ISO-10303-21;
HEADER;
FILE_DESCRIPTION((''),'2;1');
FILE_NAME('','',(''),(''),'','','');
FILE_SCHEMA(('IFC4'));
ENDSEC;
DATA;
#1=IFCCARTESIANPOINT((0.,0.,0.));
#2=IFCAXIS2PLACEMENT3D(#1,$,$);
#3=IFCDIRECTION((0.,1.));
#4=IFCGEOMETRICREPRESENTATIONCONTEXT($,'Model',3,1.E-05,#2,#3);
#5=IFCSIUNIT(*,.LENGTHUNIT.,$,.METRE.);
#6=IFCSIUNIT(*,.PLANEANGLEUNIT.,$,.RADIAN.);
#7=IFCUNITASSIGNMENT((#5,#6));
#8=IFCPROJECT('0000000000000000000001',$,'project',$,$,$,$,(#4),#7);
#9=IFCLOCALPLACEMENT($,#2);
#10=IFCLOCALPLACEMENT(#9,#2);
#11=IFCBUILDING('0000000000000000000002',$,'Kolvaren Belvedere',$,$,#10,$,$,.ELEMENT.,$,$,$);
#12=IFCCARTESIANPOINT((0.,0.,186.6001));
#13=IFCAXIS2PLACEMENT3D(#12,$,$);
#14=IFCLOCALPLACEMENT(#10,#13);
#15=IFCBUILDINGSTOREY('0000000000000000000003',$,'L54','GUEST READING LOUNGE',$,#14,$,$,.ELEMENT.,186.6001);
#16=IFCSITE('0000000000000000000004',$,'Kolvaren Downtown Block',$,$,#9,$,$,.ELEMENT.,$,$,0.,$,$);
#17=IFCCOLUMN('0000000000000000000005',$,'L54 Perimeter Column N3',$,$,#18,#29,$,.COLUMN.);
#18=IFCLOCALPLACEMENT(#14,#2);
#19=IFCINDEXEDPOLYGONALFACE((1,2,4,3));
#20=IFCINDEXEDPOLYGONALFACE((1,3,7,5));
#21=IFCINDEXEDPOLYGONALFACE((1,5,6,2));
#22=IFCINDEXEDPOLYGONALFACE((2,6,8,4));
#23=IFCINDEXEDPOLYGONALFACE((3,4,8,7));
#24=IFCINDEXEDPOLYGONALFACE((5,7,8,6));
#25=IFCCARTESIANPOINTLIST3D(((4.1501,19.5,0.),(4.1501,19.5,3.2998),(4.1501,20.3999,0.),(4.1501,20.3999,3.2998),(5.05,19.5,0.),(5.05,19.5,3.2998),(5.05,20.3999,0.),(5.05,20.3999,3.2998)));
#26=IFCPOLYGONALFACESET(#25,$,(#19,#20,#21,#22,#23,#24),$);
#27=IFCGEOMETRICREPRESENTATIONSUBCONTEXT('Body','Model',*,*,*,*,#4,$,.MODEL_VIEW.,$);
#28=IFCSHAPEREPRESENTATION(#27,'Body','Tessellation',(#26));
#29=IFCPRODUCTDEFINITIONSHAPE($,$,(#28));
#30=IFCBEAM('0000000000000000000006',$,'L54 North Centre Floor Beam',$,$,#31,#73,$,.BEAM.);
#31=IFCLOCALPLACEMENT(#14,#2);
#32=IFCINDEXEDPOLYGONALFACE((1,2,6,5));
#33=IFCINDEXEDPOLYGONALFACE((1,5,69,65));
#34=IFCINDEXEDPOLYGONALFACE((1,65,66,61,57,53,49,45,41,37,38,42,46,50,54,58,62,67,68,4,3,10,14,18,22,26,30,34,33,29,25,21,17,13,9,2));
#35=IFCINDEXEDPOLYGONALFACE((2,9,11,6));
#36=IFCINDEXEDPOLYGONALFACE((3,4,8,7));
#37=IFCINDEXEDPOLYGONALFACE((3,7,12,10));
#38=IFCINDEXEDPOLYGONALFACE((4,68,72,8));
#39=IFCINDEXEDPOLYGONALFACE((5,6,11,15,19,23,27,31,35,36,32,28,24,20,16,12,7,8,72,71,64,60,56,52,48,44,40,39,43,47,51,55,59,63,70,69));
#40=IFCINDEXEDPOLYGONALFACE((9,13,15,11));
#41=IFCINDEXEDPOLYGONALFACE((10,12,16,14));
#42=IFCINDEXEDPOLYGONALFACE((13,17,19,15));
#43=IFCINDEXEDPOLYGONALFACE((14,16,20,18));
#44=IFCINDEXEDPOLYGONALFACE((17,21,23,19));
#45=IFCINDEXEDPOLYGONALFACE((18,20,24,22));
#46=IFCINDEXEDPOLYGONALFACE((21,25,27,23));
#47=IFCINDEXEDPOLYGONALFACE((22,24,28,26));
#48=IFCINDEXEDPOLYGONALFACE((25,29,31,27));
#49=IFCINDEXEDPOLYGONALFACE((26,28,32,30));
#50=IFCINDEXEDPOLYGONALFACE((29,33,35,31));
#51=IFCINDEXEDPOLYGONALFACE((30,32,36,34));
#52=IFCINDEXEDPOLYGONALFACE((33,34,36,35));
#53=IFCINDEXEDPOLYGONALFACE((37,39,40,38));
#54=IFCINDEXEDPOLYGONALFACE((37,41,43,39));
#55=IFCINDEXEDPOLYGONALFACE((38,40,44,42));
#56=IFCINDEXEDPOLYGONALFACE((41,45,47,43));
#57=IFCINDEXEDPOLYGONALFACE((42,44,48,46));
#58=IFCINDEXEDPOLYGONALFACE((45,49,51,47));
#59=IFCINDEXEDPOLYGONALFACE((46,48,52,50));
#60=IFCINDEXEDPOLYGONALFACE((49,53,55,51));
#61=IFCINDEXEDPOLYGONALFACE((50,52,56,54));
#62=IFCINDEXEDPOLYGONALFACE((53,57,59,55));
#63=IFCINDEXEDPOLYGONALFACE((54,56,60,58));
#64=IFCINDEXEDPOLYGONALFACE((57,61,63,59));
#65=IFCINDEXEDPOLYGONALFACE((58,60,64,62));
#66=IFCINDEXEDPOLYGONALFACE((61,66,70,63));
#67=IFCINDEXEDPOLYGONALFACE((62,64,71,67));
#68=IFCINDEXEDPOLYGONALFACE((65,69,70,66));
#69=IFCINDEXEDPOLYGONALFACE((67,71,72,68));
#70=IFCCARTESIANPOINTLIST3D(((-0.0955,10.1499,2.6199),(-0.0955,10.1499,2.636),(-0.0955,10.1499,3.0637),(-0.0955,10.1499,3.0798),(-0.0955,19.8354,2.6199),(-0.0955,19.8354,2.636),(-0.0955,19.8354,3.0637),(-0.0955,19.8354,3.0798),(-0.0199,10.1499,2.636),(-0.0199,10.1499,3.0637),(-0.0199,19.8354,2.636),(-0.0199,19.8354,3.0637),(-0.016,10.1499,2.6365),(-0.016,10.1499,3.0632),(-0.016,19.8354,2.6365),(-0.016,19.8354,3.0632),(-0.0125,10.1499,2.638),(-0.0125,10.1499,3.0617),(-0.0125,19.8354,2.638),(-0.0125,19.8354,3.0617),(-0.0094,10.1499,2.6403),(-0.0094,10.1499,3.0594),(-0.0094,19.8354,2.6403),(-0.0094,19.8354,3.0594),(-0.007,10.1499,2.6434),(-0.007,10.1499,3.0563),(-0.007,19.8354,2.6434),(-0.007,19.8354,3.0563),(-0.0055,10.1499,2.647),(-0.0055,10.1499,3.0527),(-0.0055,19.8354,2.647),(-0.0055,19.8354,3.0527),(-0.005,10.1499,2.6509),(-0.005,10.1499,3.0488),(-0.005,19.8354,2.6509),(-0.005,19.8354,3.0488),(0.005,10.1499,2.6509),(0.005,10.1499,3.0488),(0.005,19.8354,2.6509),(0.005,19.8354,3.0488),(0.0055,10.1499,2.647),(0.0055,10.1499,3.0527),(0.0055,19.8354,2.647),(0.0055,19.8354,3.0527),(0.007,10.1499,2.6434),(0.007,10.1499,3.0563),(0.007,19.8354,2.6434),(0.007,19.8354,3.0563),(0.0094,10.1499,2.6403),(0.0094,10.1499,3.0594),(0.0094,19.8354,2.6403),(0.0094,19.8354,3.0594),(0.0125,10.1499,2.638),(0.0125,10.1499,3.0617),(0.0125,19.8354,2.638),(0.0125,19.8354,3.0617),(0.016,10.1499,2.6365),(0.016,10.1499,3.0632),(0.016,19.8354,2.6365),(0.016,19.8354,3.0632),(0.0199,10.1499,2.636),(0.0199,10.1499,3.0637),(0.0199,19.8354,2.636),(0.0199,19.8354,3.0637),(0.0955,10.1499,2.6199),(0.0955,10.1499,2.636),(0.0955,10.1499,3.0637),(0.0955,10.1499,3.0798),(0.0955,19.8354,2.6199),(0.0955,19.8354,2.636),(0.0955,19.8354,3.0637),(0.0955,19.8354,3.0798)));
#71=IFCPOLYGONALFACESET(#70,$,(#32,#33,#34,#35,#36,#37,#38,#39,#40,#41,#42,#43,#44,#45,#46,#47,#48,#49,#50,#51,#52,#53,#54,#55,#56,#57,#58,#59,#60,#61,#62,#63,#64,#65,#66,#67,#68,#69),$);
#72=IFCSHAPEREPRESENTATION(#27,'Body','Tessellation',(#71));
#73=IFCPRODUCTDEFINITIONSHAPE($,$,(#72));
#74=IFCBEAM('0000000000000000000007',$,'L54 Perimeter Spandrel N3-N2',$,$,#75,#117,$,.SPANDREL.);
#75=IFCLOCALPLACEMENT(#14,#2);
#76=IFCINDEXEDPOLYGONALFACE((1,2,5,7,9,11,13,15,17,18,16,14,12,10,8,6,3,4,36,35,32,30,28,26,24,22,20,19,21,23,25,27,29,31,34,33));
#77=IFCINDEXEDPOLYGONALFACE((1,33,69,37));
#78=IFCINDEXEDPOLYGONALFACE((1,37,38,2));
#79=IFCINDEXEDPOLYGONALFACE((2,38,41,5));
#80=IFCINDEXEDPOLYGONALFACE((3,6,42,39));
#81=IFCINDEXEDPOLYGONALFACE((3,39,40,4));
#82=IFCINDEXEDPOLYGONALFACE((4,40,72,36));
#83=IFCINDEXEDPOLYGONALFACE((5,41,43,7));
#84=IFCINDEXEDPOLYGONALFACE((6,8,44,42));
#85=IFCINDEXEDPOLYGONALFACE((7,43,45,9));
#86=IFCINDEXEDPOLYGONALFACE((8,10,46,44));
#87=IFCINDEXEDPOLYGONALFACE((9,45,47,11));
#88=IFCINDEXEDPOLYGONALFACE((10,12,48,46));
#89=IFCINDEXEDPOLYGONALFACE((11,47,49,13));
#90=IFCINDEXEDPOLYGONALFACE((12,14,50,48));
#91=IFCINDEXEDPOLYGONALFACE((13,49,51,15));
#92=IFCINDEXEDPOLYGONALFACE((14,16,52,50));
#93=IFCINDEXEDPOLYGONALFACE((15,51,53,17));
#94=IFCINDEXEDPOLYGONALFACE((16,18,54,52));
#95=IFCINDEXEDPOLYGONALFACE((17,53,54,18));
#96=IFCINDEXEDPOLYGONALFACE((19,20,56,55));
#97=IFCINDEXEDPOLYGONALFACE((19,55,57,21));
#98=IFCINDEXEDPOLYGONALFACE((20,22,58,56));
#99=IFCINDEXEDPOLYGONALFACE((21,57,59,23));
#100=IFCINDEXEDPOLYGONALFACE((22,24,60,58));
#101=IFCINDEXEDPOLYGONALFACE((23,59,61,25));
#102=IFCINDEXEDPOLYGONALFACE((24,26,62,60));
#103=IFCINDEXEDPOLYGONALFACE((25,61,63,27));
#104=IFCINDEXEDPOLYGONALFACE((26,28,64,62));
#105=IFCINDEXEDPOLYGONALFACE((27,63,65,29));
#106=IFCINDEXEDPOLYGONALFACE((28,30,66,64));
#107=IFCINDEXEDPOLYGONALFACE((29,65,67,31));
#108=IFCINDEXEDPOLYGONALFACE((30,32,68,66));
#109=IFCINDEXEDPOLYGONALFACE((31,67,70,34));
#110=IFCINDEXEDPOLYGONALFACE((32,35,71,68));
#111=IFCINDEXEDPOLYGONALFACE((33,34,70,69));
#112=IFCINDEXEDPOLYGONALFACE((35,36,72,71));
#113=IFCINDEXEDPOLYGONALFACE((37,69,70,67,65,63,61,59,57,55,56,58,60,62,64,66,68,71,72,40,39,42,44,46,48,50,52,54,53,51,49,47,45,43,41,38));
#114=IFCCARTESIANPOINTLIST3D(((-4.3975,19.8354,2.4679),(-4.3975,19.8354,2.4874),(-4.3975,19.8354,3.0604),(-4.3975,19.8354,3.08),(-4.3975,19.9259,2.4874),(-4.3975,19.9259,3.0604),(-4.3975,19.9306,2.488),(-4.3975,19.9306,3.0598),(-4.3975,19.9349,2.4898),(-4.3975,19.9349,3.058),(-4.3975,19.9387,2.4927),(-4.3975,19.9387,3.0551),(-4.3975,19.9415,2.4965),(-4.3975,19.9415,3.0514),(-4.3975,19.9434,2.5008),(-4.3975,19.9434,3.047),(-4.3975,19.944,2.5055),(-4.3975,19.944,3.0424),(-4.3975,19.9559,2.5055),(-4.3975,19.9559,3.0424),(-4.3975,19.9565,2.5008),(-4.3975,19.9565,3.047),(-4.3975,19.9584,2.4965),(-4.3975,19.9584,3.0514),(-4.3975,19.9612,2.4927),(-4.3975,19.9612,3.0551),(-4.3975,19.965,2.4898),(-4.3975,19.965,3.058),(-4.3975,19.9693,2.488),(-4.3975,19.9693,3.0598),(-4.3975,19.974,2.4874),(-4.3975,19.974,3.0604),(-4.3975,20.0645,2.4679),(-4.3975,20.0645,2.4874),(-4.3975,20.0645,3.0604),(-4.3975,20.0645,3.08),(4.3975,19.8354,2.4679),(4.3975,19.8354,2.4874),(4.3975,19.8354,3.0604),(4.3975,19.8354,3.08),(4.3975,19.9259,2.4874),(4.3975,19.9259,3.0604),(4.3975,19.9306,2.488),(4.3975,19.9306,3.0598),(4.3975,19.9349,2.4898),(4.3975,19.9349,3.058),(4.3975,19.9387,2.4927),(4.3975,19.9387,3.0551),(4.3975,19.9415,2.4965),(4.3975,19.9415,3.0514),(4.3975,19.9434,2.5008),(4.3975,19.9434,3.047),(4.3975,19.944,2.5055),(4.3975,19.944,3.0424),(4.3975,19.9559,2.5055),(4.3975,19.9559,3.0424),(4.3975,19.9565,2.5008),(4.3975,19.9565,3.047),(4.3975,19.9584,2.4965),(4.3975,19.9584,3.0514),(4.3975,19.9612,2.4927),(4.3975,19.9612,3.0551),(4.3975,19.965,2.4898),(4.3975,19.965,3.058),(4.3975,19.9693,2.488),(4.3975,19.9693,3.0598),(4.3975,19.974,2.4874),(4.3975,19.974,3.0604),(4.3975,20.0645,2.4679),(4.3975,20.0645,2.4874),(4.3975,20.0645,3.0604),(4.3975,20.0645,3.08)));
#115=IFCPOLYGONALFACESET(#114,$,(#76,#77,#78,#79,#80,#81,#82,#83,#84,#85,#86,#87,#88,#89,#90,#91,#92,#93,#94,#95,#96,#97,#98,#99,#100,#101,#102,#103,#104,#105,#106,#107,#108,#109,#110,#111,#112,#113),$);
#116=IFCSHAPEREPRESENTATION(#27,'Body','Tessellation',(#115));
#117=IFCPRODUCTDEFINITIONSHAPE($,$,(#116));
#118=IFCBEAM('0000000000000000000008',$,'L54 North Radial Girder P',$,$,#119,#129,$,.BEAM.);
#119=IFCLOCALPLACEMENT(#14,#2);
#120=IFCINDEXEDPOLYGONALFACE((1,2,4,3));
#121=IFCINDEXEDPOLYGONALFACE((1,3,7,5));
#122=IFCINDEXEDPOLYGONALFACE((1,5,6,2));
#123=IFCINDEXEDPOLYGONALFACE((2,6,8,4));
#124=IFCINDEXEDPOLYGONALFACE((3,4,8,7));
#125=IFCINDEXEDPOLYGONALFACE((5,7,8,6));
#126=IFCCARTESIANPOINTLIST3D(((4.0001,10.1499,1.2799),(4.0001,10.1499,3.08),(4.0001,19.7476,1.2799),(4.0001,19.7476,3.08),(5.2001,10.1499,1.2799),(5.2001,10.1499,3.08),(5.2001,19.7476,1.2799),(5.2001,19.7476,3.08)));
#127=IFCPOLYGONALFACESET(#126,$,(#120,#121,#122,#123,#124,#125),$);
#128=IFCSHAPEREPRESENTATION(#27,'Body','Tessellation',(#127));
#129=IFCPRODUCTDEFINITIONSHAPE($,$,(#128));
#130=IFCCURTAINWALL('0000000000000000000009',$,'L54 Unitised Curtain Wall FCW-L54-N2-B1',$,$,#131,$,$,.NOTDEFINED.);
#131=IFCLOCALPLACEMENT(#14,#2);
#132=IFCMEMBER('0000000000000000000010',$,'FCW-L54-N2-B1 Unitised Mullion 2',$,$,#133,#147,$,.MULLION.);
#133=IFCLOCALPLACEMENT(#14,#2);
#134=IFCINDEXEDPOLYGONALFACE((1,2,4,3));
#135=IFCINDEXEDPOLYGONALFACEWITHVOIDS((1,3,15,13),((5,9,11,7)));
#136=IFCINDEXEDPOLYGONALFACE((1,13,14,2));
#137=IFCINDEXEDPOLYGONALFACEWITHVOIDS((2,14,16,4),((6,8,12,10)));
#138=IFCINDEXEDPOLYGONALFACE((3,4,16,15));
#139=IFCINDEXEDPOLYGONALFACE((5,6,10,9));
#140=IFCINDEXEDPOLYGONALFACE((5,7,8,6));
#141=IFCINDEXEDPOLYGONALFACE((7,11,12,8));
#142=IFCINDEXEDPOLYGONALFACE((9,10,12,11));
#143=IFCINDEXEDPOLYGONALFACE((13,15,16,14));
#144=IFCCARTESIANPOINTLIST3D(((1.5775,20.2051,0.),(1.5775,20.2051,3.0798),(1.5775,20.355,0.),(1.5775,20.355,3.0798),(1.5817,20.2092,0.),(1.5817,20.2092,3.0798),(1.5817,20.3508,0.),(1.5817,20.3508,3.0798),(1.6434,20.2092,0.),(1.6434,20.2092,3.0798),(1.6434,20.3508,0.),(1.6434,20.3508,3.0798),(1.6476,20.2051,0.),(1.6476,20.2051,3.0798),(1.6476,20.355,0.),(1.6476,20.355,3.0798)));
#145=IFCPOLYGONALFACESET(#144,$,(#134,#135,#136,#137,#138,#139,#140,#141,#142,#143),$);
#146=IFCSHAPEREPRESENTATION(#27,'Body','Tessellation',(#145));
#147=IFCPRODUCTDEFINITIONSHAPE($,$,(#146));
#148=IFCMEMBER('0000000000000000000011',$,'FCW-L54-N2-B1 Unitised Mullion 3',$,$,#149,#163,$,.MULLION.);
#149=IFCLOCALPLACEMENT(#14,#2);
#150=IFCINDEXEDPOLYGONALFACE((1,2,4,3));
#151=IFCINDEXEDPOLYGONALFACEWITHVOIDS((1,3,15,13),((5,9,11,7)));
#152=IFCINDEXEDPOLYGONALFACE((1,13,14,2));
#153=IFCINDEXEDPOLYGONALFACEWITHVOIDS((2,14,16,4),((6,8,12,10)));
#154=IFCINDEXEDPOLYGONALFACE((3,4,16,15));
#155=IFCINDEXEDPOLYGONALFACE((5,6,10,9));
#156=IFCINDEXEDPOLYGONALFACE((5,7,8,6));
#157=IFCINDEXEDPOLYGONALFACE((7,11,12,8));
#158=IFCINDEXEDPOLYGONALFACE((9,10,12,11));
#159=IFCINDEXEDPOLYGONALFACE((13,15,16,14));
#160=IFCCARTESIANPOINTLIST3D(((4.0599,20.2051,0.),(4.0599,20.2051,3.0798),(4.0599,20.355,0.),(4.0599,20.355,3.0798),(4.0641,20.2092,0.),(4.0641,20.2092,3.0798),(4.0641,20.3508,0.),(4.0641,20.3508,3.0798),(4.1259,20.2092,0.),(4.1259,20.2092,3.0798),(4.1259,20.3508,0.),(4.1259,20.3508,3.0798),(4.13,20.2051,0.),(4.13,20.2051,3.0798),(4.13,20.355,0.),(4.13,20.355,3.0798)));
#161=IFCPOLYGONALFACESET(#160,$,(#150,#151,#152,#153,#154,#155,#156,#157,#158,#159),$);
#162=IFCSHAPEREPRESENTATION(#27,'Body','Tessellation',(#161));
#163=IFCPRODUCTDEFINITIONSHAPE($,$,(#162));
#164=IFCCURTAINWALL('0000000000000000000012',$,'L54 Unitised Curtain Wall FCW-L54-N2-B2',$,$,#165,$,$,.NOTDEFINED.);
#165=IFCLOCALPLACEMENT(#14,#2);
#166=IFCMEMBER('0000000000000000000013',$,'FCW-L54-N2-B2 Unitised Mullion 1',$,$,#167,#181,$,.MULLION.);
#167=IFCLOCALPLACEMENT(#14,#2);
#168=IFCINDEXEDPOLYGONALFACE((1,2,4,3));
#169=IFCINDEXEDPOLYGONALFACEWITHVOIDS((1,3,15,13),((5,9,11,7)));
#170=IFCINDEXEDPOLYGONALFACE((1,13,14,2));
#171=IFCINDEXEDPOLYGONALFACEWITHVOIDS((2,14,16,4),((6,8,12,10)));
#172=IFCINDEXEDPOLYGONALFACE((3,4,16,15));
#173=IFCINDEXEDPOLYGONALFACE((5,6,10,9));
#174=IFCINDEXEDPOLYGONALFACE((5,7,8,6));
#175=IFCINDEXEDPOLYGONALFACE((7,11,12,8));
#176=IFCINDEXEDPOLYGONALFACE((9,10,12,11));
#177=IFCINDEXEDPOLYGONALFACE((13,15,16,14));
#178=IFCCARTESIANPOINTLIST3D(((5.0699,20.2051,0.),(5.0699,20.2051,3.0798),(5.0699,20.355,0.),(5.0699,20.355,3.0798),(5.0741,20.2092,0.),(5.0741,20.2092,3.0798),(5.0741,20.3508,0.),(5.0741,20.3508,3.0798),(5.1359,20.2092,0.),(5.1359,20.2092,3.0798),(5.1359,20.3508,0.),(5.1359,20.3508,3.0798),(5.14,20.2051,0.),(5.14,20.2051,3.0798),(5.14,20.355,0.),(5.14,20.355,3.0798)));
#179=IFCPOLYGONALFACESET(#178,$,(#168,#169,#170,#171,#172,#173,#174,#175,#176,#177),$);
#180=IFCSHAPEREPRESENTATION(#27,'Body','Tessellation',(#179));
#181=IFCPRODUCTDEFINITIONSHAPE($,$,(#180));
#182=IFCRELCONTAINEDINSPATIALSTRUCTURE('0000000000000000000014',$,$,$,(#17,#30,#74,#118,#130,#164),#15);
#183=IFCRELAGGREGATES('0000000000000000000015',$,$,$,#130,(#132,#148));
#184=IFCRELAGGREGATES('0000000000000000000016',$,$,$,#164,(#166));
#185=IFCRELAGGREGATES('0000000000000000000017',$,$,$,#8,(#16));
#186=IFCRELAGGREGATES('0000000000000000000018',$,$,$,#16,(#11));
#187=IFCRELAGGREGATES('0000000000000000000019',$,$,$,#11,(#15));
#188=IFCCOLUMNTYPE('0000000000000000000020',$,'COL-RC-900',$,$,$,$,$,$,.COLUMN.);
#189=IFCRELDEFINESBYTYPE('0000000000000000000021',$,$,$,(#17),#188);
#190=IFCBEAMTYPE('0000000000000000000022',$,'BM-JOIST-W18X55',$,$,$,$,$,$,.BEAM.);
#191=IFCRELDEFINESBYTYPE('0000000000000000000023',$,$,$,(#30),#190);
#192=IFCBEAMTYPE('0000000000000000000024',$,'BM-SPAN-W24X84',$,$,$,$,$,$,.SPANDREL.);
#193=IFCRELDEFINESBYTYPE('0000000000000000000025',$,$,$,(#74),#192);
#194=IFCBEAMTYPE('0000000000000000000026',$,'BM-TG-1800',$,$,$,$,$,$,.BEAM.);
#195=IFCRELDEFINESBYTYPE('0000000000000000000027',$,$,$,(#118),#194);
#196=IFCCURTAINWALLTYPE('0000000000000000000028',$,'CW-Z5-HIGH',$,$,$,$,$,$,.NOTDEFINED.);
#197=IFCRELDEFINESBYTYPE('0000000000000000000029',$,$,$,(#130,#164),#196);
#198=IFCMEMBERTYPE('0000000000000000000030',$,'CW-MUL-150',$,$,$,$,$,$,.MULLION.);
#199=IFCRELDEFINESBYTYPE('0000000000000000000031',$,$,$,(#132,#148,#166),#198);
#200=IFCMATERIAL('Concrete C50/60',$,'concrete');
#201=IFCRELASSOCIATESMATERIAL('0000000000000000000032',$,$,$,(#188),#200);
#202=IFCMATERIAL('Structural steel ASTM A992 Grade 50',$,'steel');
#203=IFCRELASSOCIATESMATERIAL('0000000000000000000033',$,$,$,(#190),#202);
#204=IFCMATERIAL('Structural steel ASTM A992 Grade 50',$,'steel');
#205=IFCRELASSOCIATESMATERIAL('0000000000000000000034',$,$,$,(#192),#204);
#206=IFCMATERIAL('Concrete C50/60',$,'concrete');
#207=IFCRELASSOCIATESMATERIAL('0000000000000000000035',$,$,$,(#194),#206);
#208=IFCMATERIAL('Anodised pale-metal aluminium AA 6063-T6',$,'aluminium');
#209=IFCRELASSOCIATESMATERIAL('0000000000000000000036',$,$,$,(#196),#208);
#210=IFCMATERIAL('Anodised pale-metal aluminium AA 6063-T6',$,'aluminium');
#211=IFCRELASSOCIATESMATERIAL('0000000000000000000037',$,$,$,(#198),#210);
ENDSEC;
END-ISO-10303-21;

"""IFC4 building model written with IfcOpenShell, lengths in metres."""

from ifc_helpers import new_model, si_unit, direction, frame, origin, origin_2d, place, context, subcontext, project, spatial, rectangle, hollow_rectangle, i_section, extrude, material, material_profile, profile_set, type_object, element, aggregate, save


model = new_model("IFC4")

# Units and contexts
model_context = context("Model", 3, precision=1e-05, world=origin(), true_north=direction((0.0, 1.0)))
body_context = subcontext(model_context, "Body", "Model", "MODEL_VIEW")
ifc_project = project(units=[si_unit("LENGTHUNIT", "METRE"), si_unit("PLANEANGLEUNIT", "RADIAN")], contexts=[model_context])

# Site, building, storey
site_placement = place(None, origin())
site = spatial("IfcSite", under=ifc_project, at=site_placement, Name="Kolvaren Downtown Block", CompositionType="ELEMENT", RefElevation=0.0)
building_placement = place(site_placement, origin())
building = spatial("IfcBuilding", under=site, at=building_placement, Name="Kolvaren Belvedere", CompositionType="ELEMENT")
storey_placement = place(building_placement, frame((0.0, 0.0, 186.6001)))
storey = spatial("IfcBuildingStorey", under=building, at=storey_placement, Name="L54", Description="GUEST READING LOUNGE", CompositionType="ELEMENT", Elevation=186.6001)

# Column
ifc_material_1 = material(Name="Concrete C50/60", Category="concrete")
ifc_material_profile_1 = material_profile(ifc_material_1, rectangle(XDim=0.8999, YDim=0.8999, at=origin_2d()), Name="RC 900X900")
ifc_profile_set_1 = profile_set([ifc_material_profile_1], Name="Concrete C50/60")
column_type = type_object("IfcColumnType", Name="COL-RC-900", PredefinedType="COLUMN", material=ifc_profile_set_1)
column_placement = place(storey_placement, frame((4.6001, 19.95, 0.0), z_axis=(0.0, 0.0, 1.0), x_axis=(1.0, 0.0, 0.0)))
element("IfcColumn", 1, at=column_placement, inside=storey, type_object=column_type, Name="L54 Perimeter Column N3", PredefinedType="COLUMN", context=body_context, shape_type="SweptSolid", body=[
    extrude(rectangle(XDim=0.8999, YDim=0.8999, at=origin_2d()), origin(), (0.0, 0.0, 1.0), 3.2998),
])

# Beams
ifc_material_2 = material(Name="Structural steel ASTM A992 Grade 50", Category="steel")
ifc_material_profile_2 = material_profile(ifc_material_2, i_section(OverallWidth=0.1909, OverallDepth=0.46, WebThickness=0.01, FlangeThickness=0.0161, FilletRadius=0.0149, at=origin_2d()), Name="W18X55")
ifc_profile_set_2 = profile_set([ifc_material_profile_2], Name="Structural steel ASTM A992 Grade 50")
beam_type_1 = type_object("IfcBeamType", Name="BM-JOIST-W18X55", PredefinedType="BEAM", material=ifc_profile_set_2)
beam_1_placement = place(storey_placement, frame((0.0, 10.1499, 2.8499), z_axis=(0.0, 1.0, 0.0), x_axis=(-1.0, 0.0, 0.0)))
element("IfcBeam", 2, at=beam_1_placement, inside=storey, type_object=beam_type_1, Name="L54 North Centre Floor Beam", PredefinedType="BEAM", context=body_context, shape_type="SweptSolid", body=[
    extrude(i_section(OverallWidth=0.1909, OverallDepth=0.46, WebThickness=0.01, FlangeThickness=0.0161, FilletRadius=0.0149, at=origin_2d()), origin(), (0.0, 0.0, 1.0), 9.6855),
])
ifc_material_3 = material(Name="Structural steel ASTM A992 Grade 50", Category="steel")
ifc_material_profile_3 = material_profile(ifc_material_3, i_section(OverallWidth=0.229, OverallDepth=0.6121, WebThickness=0.012, FlangeThickness=0.0195, FilletRadius=0.0181, at=origin_2d()), Name="W24X84")
ifc_profile_set_3 = profile_set([ifc_material_profile_3], Name="Structural steel ASTM A992 Grade 50")
beam_type_2 = type_object("IfcBeamType", Name="BM-SPAN-W24X84", PredefinedType="SPANDREL", material=ifc_profile_set_3)
beam_2_placement = place(storey_placement, frame((4.3975, 19.95, 2.7739), z_axis=(-1.0, 0.0, 0.0), x_axis=(0.0, -1.0, 0.0)))
element("IfcBeam", 3, at=beam_2_placement, inside=storey, type_object=beam_type_2, Name="L54 Perimeter Spandrel N3-N2", PredefinedType="SPANDREL", context=body_context, shape_type="SweptSolid", body=[
    extrude(i_section(OverallWidth=0.229, OverallDepth=0.6121, WebThickness=0.012, FlangeThickness=0.0195, FilletRadius=0.0181, at=origin_2d()), origin(), (0.0, 0.0, 1.0), 8.7949),
])
ifc_material_4 = material(Name="Concrete C50/60", Category="concrete")
ifc_material_profile_4 = material_profile(ifc_material_4, rectangle(XDim=1.2, YDim=1.8, at=origin_2d()), Name="RC 1200X1800")
ifc_profile_set_4 = profile_set([ifc_material_profile_4], Name="Concrete C50/60")
beam_type_3 = type_object("IfcBeamType", Name="BM-TG-1800", PredefinedType="BEAM", material=ifc_profile_set_4)
beam_3_placement = place(storey_placement, frame((4.6001, 10.1499, 2.1799), z_axis=(0.0, 1.0, 0.0), x_axis=(-1.0, 0.0, 0.0)))
element("IfcBeam", 4, at=beam_3_placement, inside=storey, type_object=beam_type_3, Name="L54 North Radial Girder P", PredefinedType="BEAM", context=body_context, shape_type="SweptSolid", body=[
    extrude(rectangle(XDim=1.2, YDim=1.8, at=origin_2d()), origin(), (0.0, 0.0, 1.0), 9.5977),
])

# Curtain walls, members
ifc_material_5 = material(Name="Anodised pale-metal aluminium AA 6063-T6", Category="aluminium")
curtain_wall_type = type_object("IfcCurtainWallType", Name="CW-Z5-HIGH", PredefinedType="NOTDEFINED", material=ifc_material_5)
curtain_wall_1_placement = place(storey_placement, origin())
curtain_wall_1 = element("IfcCurtainWall", 5, at=curtain_wall_1_placement, inside=storey, type_object=curtain_wall_type, Name="L54 Unitised Curtain Wall FCW-L54-N2-B1", PredefinedType="NOTDEFINED")
ifc_material_6 = material(Name="Anodised pale-metal aluminium AA 6063-T6", Category="aluminium")
ifc_material_profile_5 = material_profile(ifc_material_6, hollow_rectangle(XDim=0.0701, YDim=0.1499, WallThickness=0.0042, at=origin_2d()), Name="ALU-MUL-150X70")
ifc_profile_set_5 = profile_set([ifc_material_profile_5], Name="Anodised pale-metal aluminium AA 6063-T6")
member_type_1 = type_object("IfcMemberType", Name="CW-MUL-150", PredefinedType="MULLION", material=ifc_profile_set_5)
member_1_placement = place(storey_placement, frame((1.6125, 20.28, 0.0), z_axis=(0.0, 0.0, 1.0), x_axis=(1.0, 0.0, 0.0)))
member_1 = element("IfcMember", 6, at=member_1_placement, type_object=member_type_1, Name="FCW-L54-N2-B1 Unitised Mullion 2", PredefinedType="MULLION", context=body_context, shape_type="SweptSolid", body=[
    extrude(hollow_rectangle(XDim=0.0701, YDim=0.1499, WallThickness=0.0042, at=origin_2d()), origin(), (0.0, 0.0, 1.0), 3.0798),
])
member_2_placement = place(storey_placement, frame((4.095, 20.28, 0.0), z_axis=(0.0, 0.0, 1.0), x_axis=(1.0, 0.0, 0.0)))
member_2 = element("IfcMember", 7, at=member_2_placement, type_object=member_type_1, Name="FCW-L54-N2-B1 Unitised Mullion 3", PredefinedType="MULLION", context=body_context, shape_type="SweptSolid", body=[
    extrude(hollow_rectangle(XDim=0.0701, YDim=0.1499, WallThickness=0.0042, at=origin_2d()), origin(), (0.0, 0.0, 1.0), 3.0798),
])
curtain_wall_2_placement = place(storey_placement, origin())
curtain_wall_2 = element("IfcCurtainWall", 8, at=curtain_wall_2_placement, inside=storey, type_object=curtain_wall_type, Name="L54 Unitised Curtain Wall FCW-L54-N2-B2", PredefinedType="NOTDEFINED")
member_3_placement = place(storey_placement, frame((5.105, 20.28, 0.0), z_axis=(0.0, 0.0, 1.0), x_axis=(1.0, 0.0, 0.0)))
member_3 = element("IfcMember", 9, at=member_3_placement, type_object=member_type_1, Name="FCW-L54-N2-B2 Unitised Mullion 1", PredefinedType="MULLION", context=body_context, shape_type="SweptSolid", body=[
    extrude(hollow_rectangle(XDim=0.0701, YDim=0.1499, WallThickness=0.0042, at=origin_2d()), origin(), (0.0, 0.0, 1.0), 3.0798),
])

aggregate(curtain_wall_1, [member_1, member_2])
aggregate(curtain_wall_2, [member_3])

save(model, "model.ifc")
